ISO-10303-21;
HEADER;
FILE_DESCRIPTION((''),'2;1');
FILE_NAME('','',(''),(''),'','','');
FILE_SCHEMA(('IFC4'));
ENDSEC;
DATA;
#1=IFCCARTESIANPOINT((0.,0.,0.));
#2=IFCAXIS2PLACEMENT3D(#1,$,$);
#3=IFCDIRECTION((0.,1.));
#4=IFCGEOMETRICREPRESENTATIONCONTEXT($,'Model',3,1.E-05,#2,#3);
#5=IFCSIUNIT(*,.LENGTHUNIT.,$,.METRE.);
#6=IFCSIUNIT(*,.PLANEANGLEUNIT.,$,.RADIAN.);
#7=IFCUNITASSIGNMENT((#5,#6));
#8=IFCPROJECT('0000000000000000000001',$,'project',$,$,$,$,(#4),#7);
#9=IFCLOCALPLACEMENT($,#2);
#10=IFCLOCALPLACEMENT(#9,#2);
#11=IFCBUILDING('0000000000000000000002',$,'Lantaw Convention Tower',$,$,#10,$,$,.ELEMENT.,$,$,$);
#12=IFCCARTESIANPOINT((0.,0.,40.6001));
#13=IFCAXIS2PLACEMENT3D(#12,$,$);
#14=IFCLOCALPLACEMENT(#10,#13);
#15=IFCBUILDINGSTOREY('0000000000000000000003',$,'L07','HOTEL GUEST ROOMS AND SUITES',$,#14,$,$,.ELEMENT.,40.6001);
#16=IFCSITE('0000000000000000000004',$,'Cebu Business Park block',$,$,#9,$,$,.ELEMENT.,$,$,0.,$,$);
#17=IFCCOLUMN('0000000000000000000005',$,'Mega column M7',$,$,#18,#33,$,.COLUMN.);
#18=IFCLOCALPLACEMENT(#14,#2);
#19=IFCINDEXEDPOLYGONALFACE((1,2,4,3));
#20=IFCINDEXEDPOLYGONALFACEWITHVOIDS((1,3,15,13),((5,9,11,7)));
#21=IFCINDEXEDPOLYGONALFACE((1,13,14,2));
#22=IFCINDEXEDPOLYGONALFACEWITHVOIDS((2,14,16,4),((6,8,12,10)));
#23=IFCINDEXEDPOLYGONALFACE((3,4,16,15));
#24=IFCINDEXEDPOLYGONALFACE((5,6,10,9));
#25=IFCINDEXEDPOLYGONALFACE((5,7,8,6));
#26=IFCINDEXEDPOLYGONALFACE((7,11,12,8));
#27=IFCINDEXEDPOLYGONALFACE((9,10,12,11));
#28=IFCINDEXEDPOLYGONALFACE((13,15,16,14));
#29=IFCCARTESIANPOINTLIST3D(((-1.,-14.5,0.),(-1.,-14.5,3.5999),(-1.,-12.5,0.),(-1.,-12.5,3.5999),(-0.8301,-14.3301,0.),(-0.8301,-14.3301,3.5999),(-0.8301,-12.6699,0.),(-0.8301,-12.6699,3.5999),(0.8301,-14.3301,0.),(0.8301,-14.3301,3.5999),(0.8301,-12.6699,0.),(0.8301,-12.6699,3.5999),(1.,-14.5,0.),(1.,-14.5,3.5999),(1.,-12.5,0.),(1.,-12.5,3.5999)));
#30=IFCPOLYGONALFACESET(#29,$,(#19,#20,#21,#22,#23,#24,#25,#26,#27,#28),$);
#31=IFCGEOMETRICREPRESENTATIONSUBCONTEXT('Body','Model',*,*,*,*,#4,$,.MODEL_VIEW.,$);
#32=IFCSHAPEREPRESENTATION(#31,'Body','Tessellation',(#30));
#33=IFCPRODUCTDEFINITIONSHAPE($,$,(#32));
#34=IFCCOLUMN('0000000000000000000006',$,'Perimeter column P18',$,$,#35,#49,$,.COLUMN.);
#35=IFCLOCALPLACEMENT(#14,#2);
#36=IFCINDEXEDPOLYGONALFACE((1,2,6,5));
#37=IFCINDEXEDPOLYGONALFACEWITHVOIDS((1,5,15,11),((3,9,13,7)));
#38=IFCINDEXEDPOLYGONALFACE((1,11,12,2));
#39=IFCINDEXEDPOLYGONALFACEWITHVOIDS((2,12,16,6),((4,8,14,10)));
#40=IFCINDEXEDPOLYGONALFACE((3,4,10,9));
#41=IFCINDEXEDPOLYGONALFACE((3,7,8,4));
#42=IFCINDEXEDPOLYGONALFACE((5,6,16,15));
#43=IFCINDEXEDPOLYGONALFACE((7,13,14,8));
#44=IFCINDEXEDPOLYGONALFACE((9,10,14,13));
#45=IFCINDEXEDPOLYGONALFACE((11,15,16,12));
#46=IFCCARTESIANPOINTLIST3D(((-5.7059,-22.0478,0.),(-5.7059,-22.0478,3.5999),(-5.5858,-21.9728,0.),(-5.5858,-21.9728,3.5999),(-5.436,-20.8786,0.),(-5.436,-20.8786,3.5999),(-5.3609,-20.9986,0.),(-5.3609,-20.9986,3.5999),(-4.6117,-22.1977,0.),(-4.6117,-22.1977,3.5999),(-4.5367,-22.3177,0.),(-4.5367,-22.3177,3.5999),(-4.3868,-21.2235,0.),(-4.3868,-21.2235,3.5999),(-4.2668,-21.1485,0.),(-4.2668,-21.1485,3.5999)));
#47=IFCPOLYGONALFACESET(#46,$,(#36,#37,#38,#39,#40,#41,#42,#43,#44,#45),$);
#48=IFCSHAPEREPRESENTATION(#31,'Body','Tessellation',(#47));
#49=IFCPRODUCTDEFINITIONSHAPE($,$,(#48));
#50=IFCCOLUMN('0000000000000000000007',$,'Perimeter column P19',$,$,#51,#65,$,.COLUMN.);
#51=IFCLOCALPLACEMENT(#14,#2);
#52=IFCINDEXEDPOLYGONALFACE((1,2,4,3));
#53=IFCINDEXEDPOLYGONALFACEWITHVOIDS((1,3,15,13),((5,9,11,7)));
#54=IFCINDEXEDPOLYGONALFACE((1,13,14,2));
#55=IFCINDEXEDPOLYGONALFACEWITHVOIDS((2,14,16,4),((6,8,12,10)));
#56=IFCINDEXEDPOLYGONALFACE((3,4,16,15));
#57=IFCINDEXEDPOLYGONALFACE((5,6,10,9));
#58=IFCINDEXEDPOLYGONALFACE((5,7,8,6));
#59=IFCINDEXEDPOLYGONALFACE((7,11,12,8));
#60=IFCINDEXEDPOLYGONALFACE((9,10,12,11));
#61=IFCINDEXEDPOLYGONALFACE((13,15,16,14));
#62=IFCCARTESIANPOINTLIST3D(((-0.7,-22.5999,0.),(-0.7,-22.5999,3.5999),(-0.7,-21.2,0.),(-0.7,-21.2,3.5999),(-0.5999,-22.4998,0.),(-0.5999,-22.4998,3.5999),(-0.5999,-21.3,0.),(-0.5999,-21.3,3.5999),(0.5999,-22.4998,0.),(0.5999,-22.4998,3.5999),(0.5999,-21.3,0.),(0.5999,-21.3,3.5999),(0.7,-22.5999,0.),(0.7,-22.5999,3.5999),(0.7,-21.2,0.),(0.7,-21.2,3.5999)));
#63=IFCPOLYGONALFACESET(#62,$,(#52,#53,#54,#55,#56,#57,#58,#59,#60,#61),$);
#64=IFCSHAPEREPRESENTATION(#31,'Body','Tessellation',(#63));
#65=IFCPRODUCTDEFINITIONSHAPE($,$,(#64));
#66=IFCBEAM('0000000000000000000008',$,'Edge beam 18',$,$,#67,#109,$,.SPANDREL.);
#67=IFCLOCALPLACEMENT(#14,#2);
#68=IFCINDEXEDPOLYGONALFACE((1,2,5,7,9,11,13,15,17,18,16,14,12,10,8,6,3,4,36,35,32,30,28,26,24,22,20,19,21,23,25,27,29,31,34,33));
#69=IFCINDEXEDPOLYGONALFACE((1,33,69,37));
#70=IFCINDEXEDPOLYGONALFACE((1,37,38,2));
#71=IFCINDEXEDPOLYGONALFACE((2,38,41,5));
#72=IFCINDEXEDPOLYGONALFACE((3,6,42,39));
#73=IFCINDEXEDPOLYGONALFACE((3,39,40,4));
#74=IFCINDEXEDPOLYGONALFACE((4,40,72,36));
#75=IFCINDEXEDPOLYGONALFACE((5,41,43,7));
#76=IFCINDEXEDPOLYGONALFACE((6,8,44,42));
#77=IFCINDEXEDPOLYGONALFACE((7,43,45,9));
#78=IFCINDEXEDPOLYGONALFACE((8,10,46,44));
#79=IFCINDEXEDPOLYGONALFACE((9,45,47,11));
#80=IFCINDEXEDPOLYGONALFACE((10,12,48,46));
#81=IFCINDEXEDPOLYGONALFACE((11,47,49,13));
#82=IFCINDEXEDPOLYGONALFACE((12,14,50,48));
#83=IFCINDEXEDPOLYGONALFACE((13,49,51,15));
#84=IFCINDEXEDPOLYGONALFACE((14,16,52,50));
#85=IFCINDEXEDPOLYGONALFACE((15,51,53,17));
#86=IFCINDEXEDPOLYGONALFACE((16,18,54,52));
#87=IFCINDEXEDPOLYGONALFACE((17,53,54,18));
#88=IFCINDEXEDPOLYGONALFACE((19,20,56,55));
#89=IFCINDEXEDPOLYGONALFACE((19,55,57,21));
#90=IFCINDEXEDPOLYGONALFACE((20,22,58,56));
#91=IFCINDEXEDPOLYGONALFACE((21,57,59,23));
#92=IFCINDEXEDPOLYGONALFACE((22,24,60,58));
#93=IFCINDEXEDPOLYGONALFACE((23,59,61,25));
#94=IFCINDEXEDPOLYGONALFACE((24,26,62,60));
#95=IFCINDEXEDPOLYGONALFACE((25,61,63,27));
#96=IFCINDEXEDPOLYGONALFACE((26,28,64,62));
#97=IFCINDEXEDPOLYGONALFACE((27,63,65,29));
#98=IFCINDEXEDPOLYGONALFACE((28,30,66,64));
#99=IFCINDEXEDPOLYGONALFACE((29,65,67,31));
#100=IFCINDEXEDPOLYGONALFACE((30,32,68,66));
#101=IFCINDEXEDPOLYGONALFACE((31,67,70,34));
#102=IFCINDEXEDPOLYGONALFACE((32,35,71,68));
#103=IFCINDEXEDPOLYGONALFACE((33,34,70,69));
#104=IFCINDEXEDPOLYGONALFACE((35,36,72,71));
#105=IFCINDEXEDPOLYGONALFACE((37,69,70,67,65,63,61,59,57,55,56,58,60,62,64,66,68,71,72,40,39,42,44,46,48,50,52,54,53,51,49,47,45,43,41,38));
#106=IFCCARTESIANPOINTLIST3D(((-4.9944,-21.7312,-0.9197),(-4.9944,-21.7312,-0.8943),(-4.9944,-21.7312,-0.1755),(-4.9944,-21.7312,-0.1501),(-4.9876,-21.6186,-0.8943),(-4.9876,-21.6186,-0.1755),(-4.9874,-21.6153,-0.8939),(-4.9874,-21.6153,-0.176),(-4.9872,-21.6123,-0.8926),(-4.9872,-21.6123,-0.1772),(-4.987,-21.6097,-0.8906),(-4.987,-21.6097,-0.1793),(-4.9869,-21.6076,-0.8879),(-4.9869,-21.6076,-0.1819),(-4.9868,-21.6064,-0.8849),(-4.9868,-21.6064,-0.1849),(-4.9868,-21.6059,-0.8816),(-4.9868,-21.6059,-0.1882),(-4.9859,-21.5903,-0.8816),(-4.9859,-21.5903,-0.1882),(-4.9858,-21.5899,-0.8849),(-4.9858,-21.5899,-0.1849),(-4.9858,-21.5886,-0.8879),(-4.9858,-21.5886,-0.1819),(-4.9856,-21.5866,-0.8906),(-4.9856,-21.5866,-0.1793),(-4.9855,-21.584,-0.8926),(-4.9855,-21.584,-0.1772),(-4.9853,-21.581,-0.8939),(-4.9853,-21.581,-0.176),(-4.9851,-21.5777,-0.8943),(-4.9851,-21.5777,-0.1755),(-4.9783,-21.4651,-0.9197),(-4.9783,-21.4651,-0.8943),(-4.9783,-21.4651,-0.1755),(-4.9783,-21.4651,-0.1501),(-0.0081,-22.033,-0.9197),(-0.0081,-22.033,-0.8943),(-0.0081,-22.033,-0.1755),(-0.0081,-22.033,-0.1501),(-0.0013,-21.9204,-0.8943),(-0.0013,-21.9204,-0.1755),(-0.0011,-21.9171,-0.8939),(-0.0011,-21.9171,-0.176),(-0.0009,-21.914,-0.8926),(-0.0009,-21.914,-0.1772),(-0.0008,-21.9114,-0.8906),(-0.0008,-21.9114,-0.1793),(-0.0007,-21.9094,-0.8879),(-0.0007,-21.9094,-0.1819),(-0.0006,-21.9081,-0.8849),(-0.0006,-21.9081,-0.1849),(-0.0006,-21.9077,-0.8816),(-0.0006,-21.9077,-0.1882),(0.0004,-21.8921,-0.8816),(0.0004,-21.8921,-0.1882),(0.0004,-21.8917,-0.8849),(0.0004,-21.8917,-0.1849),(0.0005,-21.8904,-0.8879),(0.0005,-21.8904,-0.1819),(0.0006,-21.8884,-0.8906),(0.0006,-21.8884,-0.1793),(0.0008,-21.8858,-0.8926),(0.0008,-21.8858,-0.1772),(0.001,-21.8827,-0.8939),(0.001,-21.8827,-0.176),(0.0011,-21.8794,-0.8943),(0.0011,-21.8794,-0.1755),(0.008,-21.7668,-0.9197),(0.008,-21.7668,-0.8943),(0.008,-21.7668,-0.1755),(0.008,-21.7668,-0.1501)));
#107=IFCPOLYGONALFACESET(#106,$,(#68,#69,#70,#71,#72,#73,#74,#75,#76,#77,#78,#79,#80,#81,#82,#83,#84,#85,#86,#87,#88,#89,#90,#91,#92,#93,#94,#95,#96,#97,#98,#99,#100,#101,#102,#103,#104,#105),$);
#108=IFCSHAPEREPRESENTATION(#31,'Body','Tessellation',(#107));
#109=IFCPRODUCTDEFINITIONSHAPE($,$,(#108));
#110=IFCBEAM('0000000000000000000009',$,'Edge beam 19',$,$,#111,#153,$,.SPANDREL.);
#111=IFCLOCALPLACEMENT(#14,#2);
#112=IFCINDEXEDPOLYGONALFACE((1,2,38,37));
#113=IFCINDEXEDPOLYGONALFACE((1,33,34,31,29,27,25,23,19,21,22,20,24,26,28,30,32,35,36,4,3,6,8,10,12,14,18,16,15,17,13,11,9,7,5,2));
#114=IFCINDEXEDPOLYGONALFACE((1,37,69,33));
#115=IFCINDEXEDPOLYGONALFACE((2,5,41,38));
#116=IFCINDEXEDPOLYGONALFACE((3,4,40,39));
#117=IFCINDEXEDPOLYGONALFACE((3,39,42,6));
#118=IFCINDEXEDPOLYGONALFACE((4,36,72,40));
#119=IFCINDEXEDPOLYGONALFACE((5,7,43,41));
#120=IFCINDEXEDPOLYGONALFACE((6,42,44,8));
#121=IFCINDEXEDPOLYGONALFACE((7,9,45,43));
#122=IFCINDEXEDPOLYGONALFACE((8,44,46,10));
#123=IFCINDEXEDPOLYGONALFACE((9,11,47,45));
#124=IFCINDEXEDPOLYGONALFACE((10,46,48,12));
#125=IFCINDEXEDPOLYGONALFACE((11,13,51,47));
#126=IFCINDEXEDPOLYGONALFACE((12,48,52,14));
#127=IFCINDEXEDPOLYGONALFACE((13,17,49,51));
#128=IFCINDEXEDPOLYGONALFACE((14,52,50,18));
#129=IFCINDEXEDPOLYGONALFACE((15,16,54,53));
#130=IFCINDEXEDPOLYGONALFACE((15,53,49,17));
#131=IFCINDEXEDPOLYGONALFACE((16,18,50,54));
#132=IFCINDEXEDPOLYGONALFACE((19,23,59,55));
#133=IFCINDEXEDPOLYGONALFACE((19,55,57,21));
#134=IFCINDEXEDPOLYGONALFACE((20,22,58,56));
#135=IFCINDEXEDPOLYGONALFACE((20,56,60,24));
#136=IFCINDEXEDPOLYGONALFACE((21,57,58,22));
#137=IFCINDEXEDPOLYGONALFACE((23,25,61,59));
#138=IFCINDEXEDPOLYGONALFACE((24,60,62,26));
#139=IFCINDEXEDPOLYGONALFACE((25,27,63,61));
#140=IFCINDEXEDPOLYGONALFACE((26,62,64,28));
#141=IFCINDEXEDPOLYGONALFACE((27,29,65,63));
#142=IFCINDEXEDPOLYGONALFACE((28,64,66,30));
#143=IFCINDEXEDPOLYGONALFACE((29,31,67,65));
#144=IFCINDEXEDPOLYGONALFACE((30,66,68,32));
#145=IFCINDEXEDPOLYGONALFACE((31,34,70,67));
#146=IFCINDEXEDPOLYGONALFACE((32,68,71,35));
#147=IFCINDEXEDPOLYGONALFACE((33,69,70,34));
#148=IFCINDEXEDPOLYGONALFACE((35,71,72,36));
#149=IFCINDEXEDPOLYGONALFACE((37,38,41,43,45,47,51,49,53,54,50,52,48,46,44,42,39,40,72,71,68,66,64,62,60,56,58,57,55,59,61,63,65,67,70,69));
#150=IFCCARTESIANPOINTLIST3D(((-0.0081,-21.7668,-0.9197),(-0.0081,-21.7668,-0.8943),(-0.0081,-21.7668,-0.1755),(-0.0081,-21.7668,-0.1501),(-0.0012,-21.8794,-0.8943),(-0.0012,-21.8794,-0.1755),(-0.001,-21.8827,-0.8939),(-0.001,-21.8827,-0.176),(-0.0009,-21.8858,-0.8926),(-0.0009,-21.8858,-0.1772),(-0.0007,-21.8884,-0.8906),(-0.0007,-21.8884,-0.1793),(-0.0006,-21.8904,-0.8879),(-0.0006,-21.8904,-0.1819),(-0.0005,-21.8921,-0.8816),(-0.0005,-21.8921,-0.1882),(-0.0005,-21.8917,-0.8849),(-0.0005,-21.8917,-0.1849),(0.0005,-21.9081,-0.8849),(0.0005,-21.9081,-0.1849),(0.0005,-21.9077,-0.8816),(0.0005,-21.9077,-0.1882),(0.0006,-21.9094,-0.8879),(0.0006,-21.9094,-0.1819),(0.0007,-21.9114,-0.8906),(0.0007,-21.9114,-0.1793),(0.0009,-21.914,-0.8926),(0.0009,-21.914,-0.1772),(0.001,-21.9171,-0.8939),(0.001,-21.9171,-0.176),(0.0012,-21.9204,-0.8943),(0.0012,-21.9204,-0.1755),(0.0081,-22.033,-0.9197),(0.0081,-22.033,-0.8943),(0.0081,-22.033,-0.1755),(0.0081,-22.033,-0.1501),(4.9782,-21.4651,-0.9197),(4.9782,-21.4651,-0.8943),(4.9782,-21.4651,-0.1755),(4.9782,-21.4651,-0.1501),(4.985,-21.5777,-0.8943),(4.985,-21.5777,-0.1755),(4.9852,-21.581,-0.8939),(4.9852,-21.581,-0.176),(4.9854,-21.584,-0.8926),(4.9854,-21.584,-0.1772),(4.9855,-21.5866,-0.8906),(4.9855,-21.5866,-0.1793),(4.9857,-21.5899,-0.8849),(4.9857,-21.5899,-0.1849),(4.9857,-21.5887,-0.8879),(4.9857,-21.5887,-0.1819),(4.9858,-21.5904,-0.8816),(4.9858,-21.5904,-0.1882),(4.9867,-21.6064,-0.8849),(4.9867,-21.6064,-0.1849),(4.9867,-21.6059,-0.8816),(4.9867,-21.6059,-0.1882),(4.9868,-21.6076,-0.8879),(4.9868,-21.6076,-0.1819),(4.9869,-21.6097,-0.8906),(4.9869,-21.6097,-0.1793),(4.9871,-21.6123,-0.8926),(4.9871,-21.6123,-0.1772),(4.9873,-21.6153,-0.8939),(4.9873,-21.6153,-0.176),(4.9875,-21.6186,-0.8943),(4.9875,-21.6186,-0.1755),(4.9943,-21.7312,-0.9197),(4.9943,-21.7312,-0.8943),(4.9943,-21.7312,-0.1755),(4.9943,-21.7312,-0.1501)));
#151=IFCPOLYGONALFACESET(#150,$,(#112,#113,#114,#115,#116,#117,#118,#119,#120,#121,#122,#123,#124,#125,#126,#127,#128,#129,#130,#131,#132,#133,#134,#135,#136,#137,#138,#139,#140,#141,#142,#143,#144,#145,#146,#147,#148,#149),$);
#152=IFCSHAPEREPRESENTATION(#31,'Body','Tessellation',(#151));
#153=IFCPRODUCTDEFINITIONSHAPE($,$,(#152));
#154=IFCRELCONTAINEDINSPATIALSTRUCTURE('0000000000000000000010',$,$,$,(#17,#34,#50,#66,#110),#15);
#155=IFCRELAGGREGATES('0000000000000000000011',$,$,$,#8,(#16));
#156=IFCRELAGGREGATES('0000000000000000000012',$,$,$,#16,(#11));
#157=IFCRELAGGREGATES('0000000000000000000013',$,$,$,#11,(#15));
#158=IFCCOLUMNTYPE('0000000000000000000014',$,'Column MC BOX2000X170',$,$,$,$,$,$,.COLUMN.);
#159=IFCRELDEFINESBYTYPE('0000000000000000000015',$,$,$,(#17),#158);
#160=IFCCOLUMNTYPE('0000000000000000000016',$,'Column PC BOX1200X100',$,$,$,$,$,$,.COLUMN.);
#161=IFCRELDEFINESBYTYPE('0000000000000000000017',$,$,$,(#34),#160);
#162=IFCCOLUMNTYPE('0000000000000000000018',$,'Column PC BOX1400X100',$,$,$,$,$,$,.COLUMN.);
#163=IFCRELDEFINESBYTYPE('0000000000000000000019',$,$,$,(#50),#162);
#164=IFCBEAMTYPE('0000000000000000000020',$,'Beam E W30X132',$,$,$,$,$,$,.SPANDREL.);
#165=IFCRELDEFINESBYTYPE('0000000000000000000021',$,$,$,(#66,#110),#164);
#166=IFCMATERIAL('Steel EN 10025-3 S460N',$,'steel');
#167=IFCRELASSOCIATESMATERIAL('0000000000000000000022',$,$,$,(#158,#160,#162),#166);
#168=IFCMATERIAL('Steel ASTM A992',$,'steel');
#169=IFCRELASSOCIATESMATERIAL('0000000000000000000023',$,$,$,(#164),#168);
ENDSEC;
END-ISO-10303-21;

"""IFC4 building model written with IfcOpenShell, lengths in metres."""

from ifc_helpers import new_model, si_unit, direction, frame, origin, origin_2d, place, context, subcontext, project, spatial, rectangle, hollow_rectangle, i_section, extrude, material, material_profile, profile_set, type_object, element, save


model = new_model("IFC4")

# Units and contexts
model_context = context("Model", 3, precision=1e-05, world=origin(), true_north=direction((0.0, 1.0)))
body_context = subcontext(model_context, "Body", "Model", "MODEL_VIEW")
ifc_project = project(units=[si_unit("LENGTHUNIT", "METRE"), si_unit("PLANEANGLEUNIT", "RADIAN")], contexts=[model_context])

# Site, building, storey
site_placement = place(None, origin())
site = spatial("IfcSite", under=ifc_project, at=site_placement, Name="Cebu Business Park block", CompositionType="ELEMENT", RefElevation=0.0)
building_placement = place(site_placement, origin())
building = spatial("IfcBuilding", under=site, at=building_placement, Name="Lantaw Convention Tower", CompositionType="ELEMENT")
storey_placement = place(building_placement, frame((0.0, 0.0, 40.6001)))
storey = spatial("IfcBuildingStorey", under=building, at=storey_placement, Name="L07", Description="HOTEL GUEST ROOMS AND SUITES", CompositionType="ELEMENT", Elevation=40.6001)

# Columns
ifc_material_1 = material(Name="Steel EN 10025-3 S460N", Category="steel")
ifc_material_profile_1 = material_profile(ifc_material_1, hollow_rectangle(XDim=2.0, YDim=2.0, WallThickness=0.1699, at=origin_2d()), Name="BOX2000X170")
ifc_material_2 = material(Name="Concrete C60/75", Category="concrete")
ifc_material_profile_2 = material_profile(ifc_material_2, rectangle(XDim=1.6599, YDim=1.6599, at=origin_2d()), Name="Concrete fill of BOX2000X170")
ifc_profile_set_1 = profile_set([ifc_material_profile_1, ifc_material_profile_2], Name="Steel EN 10025-3 S460N")
column_type_1 = type_object("IfcColumnType", Name="Column MC BOX2000X170", PredefinedType="COLUMN", material=ifc_profile_set_1)
column_1_placement = place(storey_placement, frame((0.0, -13.5, 0.0), z_axis=(0.0, 0.0, 1.0), x_axis=(1.0, 0.0, 0.0)))
element("IfcColumn", 1, at=column_1_placement, inside=storey, type_object=column_type_1, Name="Mega column M7", PredefinedType="COLUMN", context=body_context, shape_type="SweptSolid", body=[
    extrude(hollow_rectangle(XDim=2.0, YDim=2.0, WallThickness=0.1699, at=origin_2d()), origin(), (0.0, 0.0, 1.0), 3.5999),
])
ifc_material_profile_3 = material_profile(ifc_material_1, hollow_rectangle(XDim=1.2, YDim=1.2, WallThickness=0.1001, at=origin_2d()), Name="BOX1200X100")
ifc_material_profile_4 = material_profile(ifc_material_2, rectangle(XDim=1.0, YDim=1.0, at=origin_2d()), Name="Concrete fill of BOX1200X100")
ifc_profile_set_2 = profile_set([ifc_material_profile_3, ifc_material_profile_4], Name="Steel EN 10025-3 S460N")
column_type_2 = type_object("IfcColumnType", Name="Column PC BOX1200X100", PredefinedType="COLUMN", material=ifc_profile_set_2)
column_2_placement = place(storey_placement, frame((-4.9863, -21.5981, 0.0), z_axis=(0.0, 0.0, 1.0), x_axis=(0.224951, 0.97437, 0.0)))
element("IfcColumn", 2, at=column_2_placement, inside=storey, type_object=column_type_2, Name="Perimeter column P18", PredefinedType="COLUMN", context=body_context, shape_type="SweptSolid", body=[
    extrude(hollow_rectangle(XDim=1.2, YDim=1.2, WallThickness=0.1001, at=origin_2d()), origin(), (0.0, 0.0, 1.0), 3.5999),
])
ifc_material_profile_5 = material_profile(ifc_material_1, hollow_rectangle(XDim=1.3999, YDim=1.3999, WallThickness=0.1001, at=origin_2d()), Name="BOX1400X100")
ifc_material_profile_6 = material_profile(ifc_material_2, rectangle(XDim=1.2, YDim=1.2, at=origin_2d()), Name="Concrete fill of BOX1400X100")
ifc_profile_set_3 = profile_set([ifc_material_profile_5, ifc_material_profile_6], Name="Steel EN 10025-3 S460N")
column_type_3 = type_object("IfcColumnType", Name="Column PC BOX1400X100", PredefinedType="COLUMN", material=ifc_profile_set_3)
column_3_placement = place(storey_placement, frame((0.0, -21.8999, 0.0), z_axis=(0.0, 0.0, 1.0), x_axis=(1.0, 0.0, 0.0)))
element("IfcColumn", 3, at=column_3_placement, inside=storey, type_object=column_type_3, Name="Perimeter column P19", PredefinedType="COLUMN", context=body_context, shape_type="SweptSolid", body=[
    extrude(hollow_rectangle(XDim=1.3999, YDim=1.3999, WallThickness=0.1001, at=origin_2d()), origin(), (0.0, 0.0, 1.0), 3.5999),
])

# Beams
ifc_material_3 = material(Name="Steel ASTM A992", Category="steel")
ifc_material_profile_7 = material_profile(ifc_material_3, i_section(OverallWidth=0.2666, OverallDepth=0.7695, WebThickness=0.0156, FlangeThickness=0.0254, FilletRadius=0.0127, at=origin_2d()), Name="W30X132")
ifc_profile_set_4 = profile_set([ifc_material_profile_7], Name="Steel ASTM A992")
beam_type_1 = type_object("IfcBeamType", Name="Beam E W30X132", PredefinedType="SPANDREL", material=ifc_profile_set_4)
for number, where, z_axis, x_axis, name in (
    (4, (-4.9863, -21.5981, -0.5349), (0.998174, -0.060407, 0.0), (0.060407, 0.998174, 0.0), "Edge beam 18"),
    (5, (0.0, -21.8999, -0.5349), (0.998174, 0.060407, 0.0), (-0.060407, 0.998174, 0.0), "Edge beam 19"),
):
    element("IfcBeam", number, at=place(storey_placement, frame(where, z_axis=z_axis, x_axis=x_axis)), inside=storey, type_object=beam_type_1, Name=name, PredefinedType="SPANDREL", context=body_context, shape_type="SweptSolid", body=[
        extrude(i_section(OverallWidth=0.2666, OverallDepth=0.7695, WebThickness=0.0156, FlangeThickness=0.0254, FilletRadius=0.0127, at=origin_2d()), origin(), (0.0, 0.0, 1.0), 4.9954),
    ])

save(model, "model.ifc")
